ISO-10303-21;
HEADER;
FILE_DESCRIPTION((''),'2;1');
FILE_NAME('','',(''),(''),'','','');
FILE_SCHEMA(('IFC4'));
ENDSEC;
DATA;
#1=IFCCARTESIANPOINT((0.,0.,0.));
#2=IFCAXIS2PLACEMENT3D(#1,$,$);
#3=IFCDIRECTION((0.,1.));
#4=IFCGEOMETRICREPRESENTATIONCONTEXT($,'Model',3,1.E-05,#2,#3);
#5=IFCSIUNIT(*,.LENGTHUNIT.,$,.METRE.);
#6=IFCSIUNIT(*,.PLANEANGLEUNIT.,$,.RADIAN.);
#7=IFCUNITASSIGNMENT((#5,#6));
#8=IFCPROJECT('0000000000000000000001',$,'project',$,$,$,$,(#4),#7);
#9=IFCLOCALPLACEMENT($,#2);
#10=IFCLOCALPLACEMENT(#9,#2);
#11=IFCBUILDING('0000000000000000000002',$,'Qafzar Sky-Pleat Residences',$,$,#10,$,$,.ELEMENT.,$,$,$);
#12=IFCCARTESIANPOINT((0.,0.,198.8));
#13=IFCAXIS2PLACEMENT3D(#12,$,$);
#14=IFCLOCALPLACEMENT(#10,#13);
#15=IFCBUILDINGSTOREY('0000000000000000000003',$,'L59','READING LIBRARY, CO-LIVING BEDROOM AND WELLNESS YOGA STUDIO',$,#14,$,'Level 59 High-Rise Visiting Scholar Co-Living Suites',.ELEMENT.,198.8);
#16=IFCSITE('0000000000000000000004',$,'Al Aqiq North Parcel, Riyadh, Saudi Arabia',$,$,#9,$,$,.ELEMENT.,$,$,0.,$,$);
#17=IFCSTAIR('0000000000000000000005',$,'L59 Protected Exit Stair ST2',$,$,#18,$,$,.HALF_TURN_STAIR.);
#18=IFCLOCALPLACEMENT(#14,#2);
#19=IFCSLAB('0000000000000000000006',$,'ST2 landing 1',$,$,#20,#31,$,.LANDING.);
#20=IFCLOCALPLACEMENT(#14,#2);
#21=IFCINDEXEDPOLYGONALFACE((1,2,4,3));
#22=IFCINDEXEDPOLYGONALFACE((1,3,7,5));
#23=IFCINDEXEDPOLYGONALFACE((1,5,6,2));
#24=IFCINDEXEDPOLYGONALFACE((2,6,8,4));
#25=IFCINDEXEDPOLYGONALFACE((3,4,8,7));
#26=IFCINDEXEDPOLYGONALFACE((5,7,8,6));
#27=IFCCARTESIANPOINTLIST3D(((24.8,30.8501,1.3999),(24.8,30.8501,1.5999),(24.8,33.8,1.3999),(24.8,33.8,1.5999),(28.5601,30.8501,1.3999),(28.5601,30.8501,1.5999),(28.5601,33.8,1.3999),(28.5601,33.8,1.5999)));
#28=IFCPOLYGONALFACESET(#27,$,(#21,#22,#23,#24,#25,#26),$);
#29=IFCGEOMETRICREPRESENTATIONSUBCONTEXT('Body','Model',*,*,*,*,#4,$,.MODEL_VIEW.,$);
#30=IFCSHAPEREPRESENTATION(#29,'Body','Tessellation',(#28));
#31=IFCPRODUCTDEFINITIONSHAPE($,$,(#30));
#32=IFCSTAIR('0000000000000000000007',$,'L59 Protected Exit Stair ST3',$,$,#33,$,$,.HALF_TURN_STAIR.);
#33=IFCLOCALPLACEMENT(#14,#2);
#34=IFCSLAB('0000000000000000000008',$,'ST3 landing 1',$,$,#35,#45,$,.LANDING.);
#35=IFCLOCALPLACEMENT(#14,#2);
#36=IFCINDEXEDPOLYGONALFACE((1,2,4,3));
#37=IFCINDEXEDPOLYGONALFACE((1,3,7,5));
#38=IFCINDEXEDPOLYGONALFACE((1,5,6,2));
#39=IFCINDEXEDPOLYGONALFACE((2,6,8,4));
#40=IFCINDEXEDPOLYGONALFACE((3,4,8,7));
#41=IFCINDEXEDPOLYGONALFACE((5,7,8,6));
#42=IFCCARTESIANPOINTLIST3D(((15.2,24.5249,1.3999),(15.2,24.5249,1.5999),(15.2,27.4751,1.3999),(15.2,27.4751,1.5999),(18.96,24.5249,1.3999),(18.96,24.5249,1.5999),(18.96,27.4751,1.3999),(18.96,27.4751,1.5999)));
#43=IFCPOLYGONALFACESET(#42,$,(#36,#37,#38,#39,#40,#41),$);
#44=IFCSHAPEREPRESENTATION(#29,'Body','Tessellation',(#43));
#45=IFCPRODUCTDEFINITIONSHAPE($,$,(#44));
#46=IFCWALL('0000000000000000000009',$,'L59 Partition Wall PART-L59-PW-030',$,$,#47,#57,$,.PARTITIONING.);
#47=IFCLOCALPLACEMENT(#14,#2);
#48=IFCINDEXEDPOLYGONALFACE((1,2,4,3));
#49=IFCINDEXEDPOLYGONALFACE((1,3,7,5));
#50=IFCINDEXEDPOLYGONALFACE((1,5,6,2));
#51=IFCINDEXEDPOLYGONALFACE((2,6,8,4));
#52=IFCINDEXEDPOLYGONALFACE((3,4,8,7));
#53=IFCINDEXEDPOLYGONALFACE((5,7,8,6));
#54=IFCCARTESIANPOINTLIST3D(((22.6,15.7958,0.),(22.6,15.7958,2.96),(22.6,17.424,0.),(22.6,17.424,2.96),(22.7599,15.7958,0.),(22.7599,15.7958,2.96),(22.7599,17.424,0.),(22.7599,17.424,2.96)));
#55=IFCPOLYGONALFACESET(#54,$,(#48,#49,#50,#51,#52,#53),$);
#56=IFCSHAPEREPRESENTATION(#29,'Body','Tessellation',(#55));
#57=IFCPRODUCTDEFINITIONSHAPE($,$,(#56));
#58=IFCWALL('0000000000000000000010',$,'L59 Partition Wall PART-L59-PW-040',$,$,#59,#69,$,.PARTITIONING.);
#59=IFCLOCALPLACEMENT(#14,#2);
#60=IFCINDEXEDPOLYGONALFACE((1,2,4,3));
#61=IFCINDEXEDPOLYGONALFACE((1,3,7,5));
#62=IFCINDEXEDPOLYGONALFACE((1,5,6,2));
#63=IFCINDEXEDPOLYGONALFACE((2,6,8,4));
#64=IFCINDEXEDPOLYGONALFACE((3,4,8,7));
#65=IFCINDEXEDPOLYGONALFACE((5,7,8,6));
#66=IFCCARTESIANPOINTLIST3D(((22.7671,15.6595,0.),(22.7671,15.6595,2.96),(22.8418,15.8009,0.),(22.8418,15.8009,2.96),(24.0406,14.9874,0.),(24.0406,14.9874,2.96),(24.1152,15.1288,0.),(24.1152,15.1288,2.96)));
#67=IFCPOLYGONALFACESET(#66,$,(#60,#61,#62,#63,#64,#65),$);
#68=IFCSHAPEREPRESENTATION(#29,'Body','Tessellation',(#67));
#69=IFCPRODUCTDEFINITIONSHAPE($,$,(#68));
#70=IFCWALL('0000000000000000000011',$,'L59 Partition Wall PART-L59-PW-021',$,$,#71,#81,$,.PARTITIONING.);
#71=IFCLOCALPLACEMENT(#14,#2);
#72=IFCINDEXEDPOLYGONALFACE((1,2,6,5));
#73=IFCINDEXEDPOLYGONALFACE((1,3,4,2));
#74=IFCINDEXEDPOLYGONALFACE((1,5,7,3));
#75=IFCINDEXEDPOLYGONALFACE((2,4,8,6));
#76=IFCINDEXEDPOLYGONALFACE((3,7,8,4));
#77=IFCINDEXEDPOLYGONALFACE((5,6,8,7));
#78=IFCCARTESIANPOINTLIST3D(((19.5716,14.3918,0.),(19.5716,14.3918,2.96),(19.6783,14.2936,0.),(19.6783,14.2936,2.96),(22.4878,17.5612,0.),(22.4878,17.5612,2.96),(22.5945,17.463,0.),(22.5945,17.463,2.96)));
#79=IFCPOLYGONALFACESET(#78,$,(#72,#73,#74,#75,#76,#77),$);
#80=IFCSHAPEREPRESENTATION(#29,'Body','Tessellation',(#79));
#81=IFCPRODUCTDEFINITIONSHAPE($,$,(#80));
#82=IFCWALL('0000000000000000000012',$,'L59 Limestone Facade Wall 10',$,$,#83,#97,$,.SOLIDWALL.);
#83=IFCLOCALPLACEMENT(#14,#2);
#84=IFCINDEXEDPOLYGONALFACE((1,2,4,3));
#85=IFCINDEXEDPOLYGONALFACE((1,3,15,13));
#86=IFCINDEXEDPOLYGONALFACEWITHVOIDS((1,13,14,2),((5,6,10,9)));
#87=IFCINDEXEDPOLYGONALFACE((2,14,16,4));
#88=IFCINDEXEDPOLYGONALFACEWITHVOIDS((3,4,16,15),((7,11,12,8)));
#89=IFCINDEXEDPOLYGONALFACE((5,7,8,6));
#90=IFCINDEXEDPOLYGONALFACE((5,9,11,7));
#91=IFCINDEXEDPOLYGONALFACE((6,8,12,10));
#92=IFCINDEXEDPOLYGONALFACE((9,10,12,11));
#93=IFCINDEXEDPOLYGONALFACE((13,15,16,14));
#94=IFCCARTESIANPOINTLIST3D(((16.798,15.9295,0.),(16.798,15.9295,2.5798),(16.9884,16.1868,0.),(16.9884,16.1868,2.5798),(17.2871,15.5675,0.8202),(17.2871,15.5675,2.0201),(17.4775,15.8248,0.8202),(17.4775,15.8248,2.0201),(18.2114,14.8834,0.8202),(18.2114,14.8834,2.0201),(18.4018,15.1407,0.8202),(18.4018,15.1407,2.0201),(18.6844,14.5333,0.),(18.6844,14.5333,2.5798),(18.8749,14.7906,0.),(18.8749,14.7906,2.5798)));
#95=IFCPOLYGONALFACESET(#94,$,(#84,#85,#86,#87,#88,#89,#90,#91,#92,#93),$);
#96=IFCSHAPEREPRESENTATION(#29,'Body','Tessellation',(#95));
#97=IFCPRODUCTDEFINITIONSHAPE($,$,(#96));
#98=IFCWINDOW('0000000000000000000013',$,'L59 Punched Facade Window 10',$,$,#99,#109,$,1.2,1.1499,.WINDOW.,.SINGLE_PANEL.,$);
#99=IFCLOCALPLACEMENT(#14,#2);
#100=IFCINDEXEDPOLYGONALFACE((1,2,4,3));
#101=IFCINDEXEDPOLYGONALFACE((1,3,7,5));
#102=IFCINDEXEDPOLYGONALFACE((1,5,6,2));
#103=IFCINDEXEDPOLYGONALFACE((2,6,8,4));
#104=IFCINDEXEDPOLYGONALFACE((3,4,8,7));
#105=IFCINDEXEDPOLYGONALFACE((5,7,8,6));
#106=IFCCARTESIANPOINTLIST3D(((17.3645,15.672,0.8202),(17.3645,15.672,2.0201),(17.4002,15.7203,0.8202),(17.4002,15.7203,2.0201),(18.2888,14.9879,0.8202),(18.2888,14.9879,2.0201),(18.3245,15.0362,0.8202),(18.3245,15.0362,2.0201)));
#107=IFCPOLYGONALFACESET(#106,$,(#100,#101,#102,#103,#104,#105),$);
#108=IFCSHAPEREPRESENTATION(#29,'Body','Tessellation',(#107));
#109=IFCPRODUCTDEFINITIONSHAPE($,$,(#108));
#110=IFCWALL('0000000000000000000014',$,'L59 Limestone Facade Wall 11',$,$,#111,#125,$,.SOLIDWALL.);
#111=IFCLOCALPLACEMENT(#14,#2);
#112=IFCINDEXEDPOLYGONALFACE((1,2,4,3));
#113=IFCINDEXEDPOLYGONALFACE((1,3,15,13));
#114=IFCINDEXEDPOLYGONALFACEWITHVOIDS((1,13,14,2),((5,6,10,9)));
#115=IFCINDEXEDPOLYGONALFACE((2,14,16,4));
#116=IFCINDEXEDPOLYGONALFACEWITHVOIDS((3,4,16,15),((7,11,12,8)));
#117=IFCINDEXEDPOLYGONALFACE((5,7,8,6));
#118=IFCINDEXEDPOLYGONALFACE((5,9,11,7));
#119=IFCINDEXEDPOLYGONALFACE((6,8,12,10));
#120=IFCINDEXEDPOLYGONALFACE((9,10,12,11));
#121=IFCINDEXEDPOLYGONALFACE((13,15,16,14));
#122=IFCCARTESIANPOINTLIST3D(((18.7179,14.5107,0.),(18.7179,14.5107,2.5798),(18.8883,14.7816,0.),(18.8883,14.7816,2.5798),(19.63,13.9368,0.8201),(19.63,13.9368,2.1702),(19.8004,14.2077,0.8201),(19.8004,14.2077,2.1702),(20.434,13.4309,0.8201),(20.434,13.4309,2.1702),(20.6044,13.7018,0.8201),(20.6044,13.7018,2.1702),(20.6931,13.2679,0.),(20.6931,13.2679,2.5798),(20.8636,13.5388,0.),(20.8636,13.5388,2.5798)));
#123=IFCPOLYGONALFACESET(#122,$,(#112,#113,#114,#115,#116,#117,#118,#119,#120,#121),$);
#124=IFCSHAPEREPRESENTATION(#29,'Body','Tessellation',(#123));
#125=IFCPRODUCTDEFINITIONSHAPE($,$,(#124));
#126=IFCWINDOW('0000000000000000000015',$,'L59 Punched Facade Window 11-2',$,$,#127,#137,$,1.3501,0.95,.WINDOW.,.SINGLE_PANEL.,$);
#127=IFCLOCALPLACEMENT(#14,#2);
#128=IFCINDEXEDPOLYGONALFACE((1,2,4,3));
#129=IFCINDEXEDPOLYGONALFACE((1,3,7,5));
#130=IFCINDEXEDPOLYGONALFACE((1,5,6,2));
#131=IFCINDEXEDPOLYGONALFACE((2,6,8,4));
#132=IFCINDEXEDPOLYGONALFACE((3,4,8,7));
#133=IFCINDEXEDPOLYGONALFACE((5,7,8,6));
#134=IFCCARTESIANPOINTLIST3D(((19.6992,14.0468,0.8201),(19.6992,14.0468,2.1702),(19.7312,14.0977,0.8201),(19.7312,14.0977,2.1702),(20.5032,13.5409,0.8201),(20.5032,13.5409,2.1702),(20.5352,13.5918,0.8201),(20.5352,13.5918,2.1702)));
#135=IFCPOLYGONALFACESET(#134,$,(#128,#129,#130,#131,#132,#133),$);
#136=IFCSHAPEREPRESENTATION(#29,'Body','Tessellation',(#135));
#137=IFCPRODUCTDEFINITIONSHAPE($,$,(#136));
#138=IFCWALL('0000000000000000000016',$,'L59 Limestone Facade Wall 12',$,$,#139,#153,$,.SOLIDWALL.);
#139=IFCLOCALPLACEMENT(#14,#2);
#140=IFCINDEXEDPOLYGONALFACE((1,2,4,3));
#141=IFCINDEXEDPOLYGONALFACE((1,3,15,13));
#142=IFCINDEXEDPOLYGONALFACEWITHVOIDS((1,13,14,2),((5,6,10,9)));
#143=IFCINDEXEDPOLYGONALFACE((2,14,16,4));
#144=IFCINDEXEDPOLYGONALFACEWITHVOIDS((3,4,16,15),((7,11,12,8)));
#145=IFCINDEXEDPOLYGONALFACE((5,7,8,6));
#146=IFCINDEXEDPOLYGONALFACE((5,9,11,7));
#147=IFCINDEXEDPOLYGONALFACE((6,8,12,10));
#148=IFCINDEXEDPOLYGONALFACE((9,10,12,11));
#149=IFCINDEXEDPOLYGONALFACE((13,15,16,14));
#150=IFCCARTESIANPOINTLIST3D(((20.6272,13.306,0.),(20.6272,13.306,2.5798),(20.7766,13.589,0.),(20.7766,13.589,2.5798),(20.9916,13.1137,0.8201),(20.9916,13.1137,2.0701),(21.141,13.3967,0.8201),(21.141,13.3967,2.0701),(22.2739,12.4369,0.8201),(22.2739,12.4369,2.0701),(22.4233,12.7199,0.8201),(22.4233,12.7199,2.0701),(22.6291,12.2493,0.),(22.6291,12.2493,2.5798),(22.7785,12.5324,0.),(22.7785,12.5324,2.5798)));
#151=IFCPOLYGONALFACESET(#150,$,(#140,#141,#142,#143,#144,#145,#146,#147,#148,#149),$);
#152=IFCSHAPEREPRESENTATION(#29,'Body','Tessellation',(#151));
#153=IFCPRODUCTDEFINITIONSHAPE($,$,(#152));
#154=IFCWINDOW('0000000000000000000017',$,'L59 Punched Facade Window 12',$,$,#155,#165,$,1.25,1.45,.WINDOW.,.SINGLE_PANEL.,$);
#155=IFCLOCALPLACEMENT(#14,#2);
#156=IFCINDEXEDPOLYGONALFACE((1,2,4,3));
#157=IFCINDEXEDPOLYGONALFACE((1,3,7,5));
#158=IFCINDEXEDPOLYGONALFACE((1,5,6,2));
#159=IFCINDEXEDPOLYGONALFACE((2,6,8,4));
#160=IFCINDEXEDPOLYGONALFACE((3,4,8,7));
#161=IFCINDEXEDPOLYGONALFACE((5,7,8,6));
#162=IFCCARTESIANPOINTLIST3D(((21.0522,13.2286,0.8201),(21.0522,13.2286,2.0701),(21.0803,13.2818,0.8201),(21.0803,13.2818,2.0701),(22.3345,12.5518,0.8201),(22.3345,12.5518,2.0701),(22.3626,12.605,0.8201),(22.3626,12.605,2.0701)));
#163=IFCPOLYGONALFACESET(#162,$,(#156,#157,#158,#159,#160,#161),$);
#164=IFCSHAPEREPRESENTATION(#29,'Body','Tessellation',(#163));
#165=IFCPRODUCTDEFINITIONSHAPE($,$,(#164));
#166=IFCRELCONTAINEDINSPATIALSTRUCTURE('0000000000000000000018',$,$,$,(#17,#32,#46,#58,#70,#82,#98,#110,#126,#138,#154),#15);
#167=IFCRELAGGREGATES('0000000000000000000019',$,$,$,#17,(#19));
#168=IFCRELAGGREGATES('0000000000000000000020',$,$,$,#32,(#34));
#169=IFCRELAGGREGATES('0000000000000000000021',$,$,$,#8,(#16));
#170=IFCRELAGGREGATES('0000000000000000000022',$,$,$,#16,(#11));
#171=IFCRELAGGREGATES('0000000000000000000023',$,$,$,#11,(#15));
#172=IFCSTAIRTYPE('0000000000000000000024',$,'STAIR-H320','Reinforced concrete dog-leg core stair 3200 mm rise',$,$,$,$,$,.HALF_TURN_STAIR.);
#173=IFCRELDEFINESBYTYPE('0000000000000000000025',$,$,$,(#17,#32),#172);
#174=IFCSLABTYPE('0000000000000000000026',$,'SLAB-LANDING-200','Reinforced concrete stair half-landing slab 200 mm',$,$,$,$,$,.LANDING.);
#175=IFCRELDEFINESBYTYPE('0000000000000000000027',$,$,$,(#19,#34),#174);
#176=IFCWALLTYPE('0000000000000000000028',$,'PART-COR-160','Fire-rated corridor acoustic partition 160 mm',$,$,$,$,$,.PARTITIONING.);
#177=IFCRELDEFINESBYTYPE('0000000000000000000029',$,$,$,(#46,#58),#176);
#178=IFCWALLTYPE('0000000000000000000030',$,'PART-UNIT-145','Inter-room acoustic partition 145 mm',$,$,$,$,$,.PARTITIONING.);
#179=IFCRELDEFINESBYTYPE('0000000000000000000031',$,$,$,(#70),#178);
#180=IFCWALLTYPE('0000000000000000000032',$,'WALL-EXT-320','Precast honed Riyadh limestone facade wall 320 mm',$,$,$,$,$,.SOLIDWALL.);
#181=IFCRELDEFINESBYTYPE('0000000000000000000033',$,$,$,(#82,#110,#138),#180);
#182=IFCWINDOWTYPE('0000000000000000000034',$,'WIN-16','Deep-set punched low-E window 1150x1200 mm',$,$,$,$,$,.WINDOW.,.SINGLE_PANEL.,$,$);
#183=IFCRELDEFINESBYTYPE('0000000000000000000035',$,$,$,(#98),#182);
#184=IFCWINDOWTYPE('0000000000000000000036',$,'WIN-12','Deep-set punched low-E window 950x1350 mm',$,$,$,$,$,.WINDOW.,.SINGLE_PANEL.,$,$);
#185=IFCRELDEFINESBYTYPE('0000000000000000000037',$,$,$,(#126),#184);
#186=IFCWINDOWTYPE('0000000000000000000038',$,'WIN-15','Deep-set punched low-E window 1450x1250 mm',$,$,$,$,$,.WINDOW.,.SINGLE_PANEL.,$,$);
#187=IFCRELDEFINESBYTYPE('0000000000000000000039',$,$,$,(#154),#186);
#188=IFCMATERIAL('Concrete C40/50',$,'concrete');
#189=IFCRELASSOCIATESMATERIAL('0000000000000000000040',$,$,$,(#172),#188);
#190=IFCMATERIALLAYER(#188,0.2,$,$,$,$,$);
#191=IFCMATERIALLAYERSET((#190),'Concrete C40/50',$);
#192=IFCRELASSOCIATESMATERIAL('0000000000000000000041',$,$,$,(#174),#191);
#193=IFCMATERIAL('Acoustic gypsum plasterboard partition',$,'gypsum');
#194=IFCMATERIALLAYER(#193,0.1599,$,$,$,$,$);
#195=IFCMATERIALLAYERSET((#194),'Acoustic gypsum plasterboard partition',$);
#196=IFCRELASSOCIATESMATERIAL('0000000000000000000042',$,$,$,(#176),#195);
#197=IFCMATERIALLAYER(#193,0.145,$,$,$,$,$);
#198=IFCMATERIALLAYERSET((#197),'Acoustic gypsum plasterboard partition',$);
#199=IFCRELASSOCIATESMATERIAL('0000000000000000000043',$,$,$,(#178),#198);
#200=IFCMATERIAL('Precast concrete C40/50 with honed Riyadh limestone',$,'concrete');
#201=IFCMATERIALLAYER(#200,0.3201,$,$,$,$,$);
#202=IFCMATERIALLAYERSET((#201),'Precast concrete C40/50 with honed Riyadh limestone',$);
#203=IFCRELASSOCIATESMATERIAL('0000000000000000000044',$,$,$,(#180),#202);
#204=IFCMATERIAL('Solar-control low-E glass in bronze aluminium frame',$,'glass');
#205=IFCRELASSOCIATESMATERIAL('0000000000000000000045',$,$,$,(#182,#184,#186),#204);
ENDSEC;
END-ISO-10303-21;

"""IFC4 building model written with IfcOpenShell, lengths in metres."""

from ifc_helpers import new_model, si_unit, direction, frame, frame_2d, origin, place, context, subcontext, project, spatial, polyline, rectangle, outline, extrude, source, transform, mapped, material, layer, layer_set, type_object, element, fill, aggregate, save


model = new_model("IFC4")

# Units and contexts
model_context = context("Model", 3, precision=1e-05, world=origin(), true_north=direction((0.0, 1.0)))
body_context = subcontext(model_context, "Body", "Model", "MODEL_VIEW")
ifc_project = project(units=[si_unit("LENGTHUNIT", "METRE"), si_unit("PLANEANGLEUNIT", "RADIAN")], contexts=[model_context])

# Site, building, storey
site_placement = place(None, origin())
site = spatial("IfcSite", under=ifc_project, at=site_placement, Name="Al Aqiq North Parcel, Riyadh, Saudi Arabia", CompositionType="ELEMENT", RefElevation=0.0)
building_placement = place(site_placement, origin())
building = spatial("IfcBuilding", under=site, at=building_placement, Name="Qafzar Sky-Pleat Residences", CompositionType="ELEMENT")
storey_placement = place(building_placement, frame((0.0, 0.0, 198.8)))
storey = spatial("IfcBuildingStorey", under=building, at=storey_placement, Name="L59", Description="READING LIBRARY, CO-LIVING BEDROOM AND WELLNESS YOGA STUDIO", LongName="Level 59 High-Rise Visiting Scholar Co-Living Suites", CompositionType="ELEMENT", Elevation=198.8)

# Shared definitions
ifc_material_1 = material(Name="Concrete C40/50", Category="concrete")

# Stairs, slabs
stair_type = type_object("IfcStairType", Name="STAIR-H320", Description="Reinforced concrete dog-leg core stair 3200 mm rise", PredefinedType="HALF_TURN_STAIR", material=ifc_material_1)
ifc_layer_1 = layer(ifc_material_1, 0.2)
ifc_layer_set_1 = layer_set([ifc_layer_1], Name="Concrete C40/50")
slab_type_1 = type_object("IfcSlabType", Name="SLAB-LANDING-200", Description="Reinforced concrete stair half-landing slab 200 mm", PredefinedType="LANDING", material=ifc_layer_set_1)
stair_1_placement = place(storey_placement, origin())
stair_1 = element("IfcStair", 1, at=stair_1_placement, inside=storey, type_object=stair_type, Name="L59 Protected Exit Stair ST2", PredefinedType="HALF_TURN_STAIR")
slab_1_placement = place(storey_placement, frame((0.0, 0.0, 1.3999)))
slab_1 = element("IfcSlab", 2, at=slab_1_placement, type_object=slab_type_1, Name="ST2 landing 1", PredefinedType="LANDING", context=body_context, shape_type="SweptSolid", body=[
    extrude(outline(polyline([(28.5601, 33.8), (24.8, 33.8), (24.8, 30.8501), (28.5601, 30.8501), (28.5601, 33.8)])), origin(), (0.0, 0.0, 1.0), 0.2),
])
aggregate(stair_1, [slab_1])
stair_2_placement = place(storey_placement, origin())
stair_2 = element("IfcStair", 3, at=stair_2_placement, inside=storey, type_object=stair_type, Name="L59 Protected Exit Stair ST3", PredefinedType="HALF_TURN_STAIR")
slab_2_placement = place(storey_placement, frame((0.0, 0.0, 1.3999)))
slab_2 = element("IfcSlab", 4, at=slab_2_placement, type_object=slab_type_1, Name="ST3 landing 1", PredefinedType="LANDING", context=body_context, shape_type="SweptSolid", body=[
    extrude(outline(polyline([(18.96, 27.4751), (15.2, 27.4751), (15.2, 24.5249), (18.96, 24.5249), (18.96, 27.4751)])), origin(), (0.0, 0.0, 1.0), 0.2),
])
aggregate(stair_2, [slab_2])

# Walls
ifc_material_2 = material(Name="Acoustic gypsum plasterboard partition", Category="gypsum")
ifc_layer_2 = layer(ifc_material_2, 0.1599)
ifc_layer_set_2 = layer_set([ifc_layer_2], Name="Acoustic gypsum plasterboard partition")
wall_type_1 = type_object("IfcWallType", Name="PART-COR-160", Description="Fire-rated corridor acoustic partition 160 mm", PredefinedType="PARTITIONING", material=ifc_layer_set_2)
wall_1_placement = place(storey_placement, frame((22.6799, 15.7959, 0.0), z_axis=(0.0, 0.0, 1.0), x_axis=(0.0, 1.0, 0.0)))
element("IfcWall", 5, at=wall_1_placement, inside=storey, type_object=wall_type_1, Name="L59 Partition Wall PART-L59-PW-030", PredefinedType="PARTITIONING", context=body_context, shape_type="SweptSolid", body=[
    extrude(rectangle(XDim=1.6282, YDim=0.1599, at=frame_2d((0.814, 0.0))), origin(), (0.0, 0.0, 1.0), 2.96),
])
wall_2_placement = place(storey_placement, frame((22.8044, 15.7302, 0.0), z_axis=(0.0, 0.0, 1.0), x_axis=(0.884377, -0.466773, 0.0)))
element("IfcWall", 6, at=wall_2_placement, inside=storey, type_object=wall_type_1, Name="L59 Partition Wall PART-L59-PW-040", PredefinedType="PARTITIONING", context=body_context, shape_type="SweptSolid", body=[
    extrude(rectangle(XDim=1.4399, YDim=0.1599, at=frame_2d((0.72, 0.0))), origin(), (0.0, 0.0, 1.0), 2.96),
])
ifc_layer_3 = layer(ifc_material_2, 0.145)
ifc_layer_set_3 = layer_set([ifc_layer_3], Name="Acoustic gypsum plasterboard partition")
wall_type_2 = type_object("IfcWallType", Name="PART-UNIT-145", Description="Inter-room acoustic partition 145 mm", PredefinedType="PARTITIONING", material=ifc_layer_set_3)
wall_3_placement = place(storey_placement, frame((19.625, 14.3428, 0.0), z_axis=(0.0, 0.0, 1.0), x_axis=(0.677104, 0.735887, 0.0)))
element("IfcWall", 7, at=wall_3_placement, inside=storey, type_object=wall_type_2, Name="L59 Partition Wall PART-L59-PW-021", PredefinedType="PARTITIONING", context=body_context, shape_type="SweptSolid", body=[
    extrude(rectangle(XDim=4.3069, YDim=0.145, at=frame_2d((2.1533, 0.0))), origin(), (0.0, 0.0, 1.0), 2.96),
])

# Walls, openings, windows
ifc_material_3 = material(Name="Precast concrete C40/50 with honed Riyadh limestone", Category="concrete")
ifc_layer_4 = layer(ifc_material_3, 0.3201)
ifc_layer_set_4 = layer_set([ifc_layer_4], Name="Precast concrete C40/50 with honed Riyadh limestone")
wall_type_3 = type_object("IfcWallType", Name="WALL-EXT-320", Description="Precast honed Riyadh limestone facade wall 320 mm", PredefinedType="SOLIDWALL", material=ifc_layer_set_4)
wall_4_placement = place(storey_placement, frame((16.8933, 16.0581, 0.0), z_axis=(0.0, 0.0, 1.0), x_axis=(0.803791, -0.594912, 0.0)))
wall_4 = element("IfcWall", 8, at=wall_4_placement, inside=storey, type_object=wall_type_3, Name="L59 Limestone Facade Wall 10", PredefinedType="SOLIDWALL", context=body_context, shape_type="SweptSolid", body=[
    extrude(rectangle(XDim=2.3469, YDim=0.3201, at=frame_2d((1.1733, 0.0))), origin(), (0.0, 0.0, 1.0), 2.5798),
])
opening_1_placement = place(wall_4_placement, frame((0.6084, 0.0, 0.8201)))
opening_1 = element("IfcOpeningElement", 9, at=opening_1_placement, cuts=wall_4, PredefinedType="OPENING", context=body_context, shape_type="SweptSolid", body=[
    extrude(rectangle(XDim=1.1499, YDim=1.2, at=frame_2d((0.575, 0.6001))), frame((0.0, 0.1699, 0.0), z_axis=(0.0, -1.0, 0.0), x_axis=(1.0, 0.0, 0.0)), (0.0, 0.0, 1.0), 0.3401),
])
ifc_material_4 = material(Name="Solar-control low-E glass in bronze aluminium frame", Category="glass")
window_type_1 = type_object("IfcWindowType", Name="WIN-16", Description="Deep-set punched low-E window 1150x1200 mm", PartitioningType="SINGLE_PANEL", PredefinedType="WINDOW", material=ifc_material_4)
shared_shape_1 = source(origin(), body_context, "Body", "SweptSolid", [
    extrude(rectangle(XDim=1.1499, YDim=1.2, at=frame_2d((0.575, 0.6001))), frame((0.0, 0.03, 0.0), z_axis=(0.0, -1.0, 0.0), x_axis=(1.0, 0.0, 0.0)), (0.0, 0.0, 1.0), 0.0601),
])
window_1_placement = place(opening_1_placement, origin())
window_1 = element("IfcWindow", 10, at=window_1_placement, inside=storey, type_object=window_type_1, Name="L59 Punched Facade Window 10", OverallHeight=1.2, OverallWidth=1.1499, PartitioningType="SINGLE_PANEL", PredefinedType="WINDOW", context=body_context, shape_type="MappedRepresentation", body=[
    mapped(shared_shape_1, transform((0.0, 0.0, 0.0), x_axis=(1.0, 0.0, 0.0), y_axis=(0.0, 1.0, 0.0), z_axis=(0.0, 0.0, 1.0), scale=1.0)),
])
fill(opening_1, window_1)
wall_5_placement = place(storey_placement, frame((18.803, 14.6462, 0.0), z_axis=(0.0, 0.0, 1.0), x_axis=(0.84639, -0.532564, 0.0)))
wall_5 = element("IfcWall", 11, at=wall_5_placement, inside=storey, type_object=wall_type_3, Name="L59 Limestone Facade Wall 11", PredefinedType="SOLIDWALL", context=body_context, shape_type="SweptSolid", body=[
    extrude(rectangle(XDim=2.3337, YDim=0.3201, at=frame_2d((1.167, 0.0))), origin(), (0.0, 0.0, 1.0), 2.5798),
])
opening_2_placement = place(wall_5_placement, frame((1.0776, 0.0, 0.8201)))
opening_2 = element("IfcOpeningElement", 12, at=opening_2_placement, cuts=wall_5, PredefinedType="OPENING", context=body_context, shape_type="SweptSolid", body=[
    extrude(rectangle(XDim=0.95, YDim=1.3501, at=frame_2d((0.4751, 0.675))), frame((0.0, 0.1699, 0.0), z_axis=(0.0, -1.0, 0.0), x_axis=(1.0, 0.0, 0.0)), (0.0, 0.0, 1.0), 0.3401),
])
window_type_2 = type_object("IfcWindowType", Name="WIN-12", Description="Deep-set punched low-E window 950x1350 mm", PartitioningType="SINGLE_PANEL", PredefinedType="WINDOW", material=ifc_material_4)
shared_shape_2 = source(origin(), body_context, "Body", "SweptSolid", [
    extrude(rectangle(XDim=0.95, YDim=1.3501, at=frame_2d((0.4751, 0.675))), frame((0.0, 0.03, 0.0), z_axis=(0.0, -1.0, 0.0), x_axis=(1.0, 0.0, 0.0)), (0.0, 0.0, 1.0), 0.0601),
])
window_2_placement = place(opening_2_placement, origin())
window_2 = element("IfcWindow", 13, at=window_2_placement, inside=storey, type_object=window_type_2, Name="L59 Punched Facade Window 11-2", OverallHeight=1.3501, OverallWidth=0.95, PartitioningType="SINGLE_PANEL", PredefinedType="WINDOW", context=body_context, shape_type="MappedRepresentation", body=[
    mapped(shared_shape_2, transform((0.0, 0.0, 0.0), x_axis=(1.0, 0.0, 0.0), y_axis=(0.0, 1.0, 0.0), z_axis=(0.0, 0.0, 1.0), scale=1.0)),
])
fill(opening_2, window_2)
wall_6_placement = place(storey_placement, frame((20.7019, 13.4475, 0.0), z_axis=(0.0, 0.0, 1.0), x_axis=(0.884375, -0.466777, 0.0)))
wall_6 = element("IfcWall", 14, at=wall_6_placement, inside=storey, type_object=wall_type_3, Name="L59 Limestone Facade Wall 12", PredefinedType="SOLIDWALL", context=body_context, shape_type="SweptSolid", body=[
    extrude(rectangle(XDim=2.2637, YDim=0.3201, at=frame_2d((1.1318, 0.0))), origin(), (0.0, 0.0, 1.0), 2.5798),
])
opening_3_placement = place(wall_6_placement, frame((0.4119, 0.0, 0.8201)))
opening_3 = element("IfcOpeningElement", 15, at=opening_3_placement, cuts=wall_6, PredefinedType="OPENING", context=body_context, shape_type="SweptSolid", body=[
    extrude(rectangle(XDim=1.45, YDim=1.25, at=frame_2d((0.7251, 0.625))), frame((0.0, 0.1699, 0.0), z_axis=(0.0, -1.0, 0.0), x_axis=(1.0, 0.0, 0.0)), (0.0, 0.0, 1.0), 0.3401),
])
window_type_3 = type_object("IfcWindowType", Name="WIN-15", Description="Deep-set punched low-E window 1450x1250 mm", PartitioningType="SINGLE_PANEL", PredefinedType="WINDOW", material=ifc_material_4)
shared_shape_3 = source(origin(), body_context, "Body", "SweptSolid", [
    extrude(rectangle(XDim=1.45, YDim=1.25, at=frame_2d((0.7251, 0.625))), frame((0.0, 0.03, 0.0), z_axis=(0.0, -1.0, 0.0), x_axis=(1.0, 0.0, 0.0)), (0.0, 0.0, 1.0), 0.0601),
])
window_3_placement = place(opening_3_placement, origin())
window_3 = element("IfcWindow", 16, at=window_3_placement, inside=storey, type_object=window_type_3, Name="L59 Punched Facade Window 12", OverallHeight=1.25, OverallWidth=1.45, PartitioningType="SINGLE_PANEL", PredefinedType="WINDOW", context=body_context, shape_type="MappedRepresentation", body=[
    mapped(shared_shape_3, transform((0.0, 0.0, 0.0), x_axis=(1.0, 0.0, 0.0), y_axis=(0.0, 1.0, 0.0), z_axis=(0.0, 0.0, 1.0), scale=1.0)),
])
fill(opening_3, window_3)

save(model, "model.ifc")
